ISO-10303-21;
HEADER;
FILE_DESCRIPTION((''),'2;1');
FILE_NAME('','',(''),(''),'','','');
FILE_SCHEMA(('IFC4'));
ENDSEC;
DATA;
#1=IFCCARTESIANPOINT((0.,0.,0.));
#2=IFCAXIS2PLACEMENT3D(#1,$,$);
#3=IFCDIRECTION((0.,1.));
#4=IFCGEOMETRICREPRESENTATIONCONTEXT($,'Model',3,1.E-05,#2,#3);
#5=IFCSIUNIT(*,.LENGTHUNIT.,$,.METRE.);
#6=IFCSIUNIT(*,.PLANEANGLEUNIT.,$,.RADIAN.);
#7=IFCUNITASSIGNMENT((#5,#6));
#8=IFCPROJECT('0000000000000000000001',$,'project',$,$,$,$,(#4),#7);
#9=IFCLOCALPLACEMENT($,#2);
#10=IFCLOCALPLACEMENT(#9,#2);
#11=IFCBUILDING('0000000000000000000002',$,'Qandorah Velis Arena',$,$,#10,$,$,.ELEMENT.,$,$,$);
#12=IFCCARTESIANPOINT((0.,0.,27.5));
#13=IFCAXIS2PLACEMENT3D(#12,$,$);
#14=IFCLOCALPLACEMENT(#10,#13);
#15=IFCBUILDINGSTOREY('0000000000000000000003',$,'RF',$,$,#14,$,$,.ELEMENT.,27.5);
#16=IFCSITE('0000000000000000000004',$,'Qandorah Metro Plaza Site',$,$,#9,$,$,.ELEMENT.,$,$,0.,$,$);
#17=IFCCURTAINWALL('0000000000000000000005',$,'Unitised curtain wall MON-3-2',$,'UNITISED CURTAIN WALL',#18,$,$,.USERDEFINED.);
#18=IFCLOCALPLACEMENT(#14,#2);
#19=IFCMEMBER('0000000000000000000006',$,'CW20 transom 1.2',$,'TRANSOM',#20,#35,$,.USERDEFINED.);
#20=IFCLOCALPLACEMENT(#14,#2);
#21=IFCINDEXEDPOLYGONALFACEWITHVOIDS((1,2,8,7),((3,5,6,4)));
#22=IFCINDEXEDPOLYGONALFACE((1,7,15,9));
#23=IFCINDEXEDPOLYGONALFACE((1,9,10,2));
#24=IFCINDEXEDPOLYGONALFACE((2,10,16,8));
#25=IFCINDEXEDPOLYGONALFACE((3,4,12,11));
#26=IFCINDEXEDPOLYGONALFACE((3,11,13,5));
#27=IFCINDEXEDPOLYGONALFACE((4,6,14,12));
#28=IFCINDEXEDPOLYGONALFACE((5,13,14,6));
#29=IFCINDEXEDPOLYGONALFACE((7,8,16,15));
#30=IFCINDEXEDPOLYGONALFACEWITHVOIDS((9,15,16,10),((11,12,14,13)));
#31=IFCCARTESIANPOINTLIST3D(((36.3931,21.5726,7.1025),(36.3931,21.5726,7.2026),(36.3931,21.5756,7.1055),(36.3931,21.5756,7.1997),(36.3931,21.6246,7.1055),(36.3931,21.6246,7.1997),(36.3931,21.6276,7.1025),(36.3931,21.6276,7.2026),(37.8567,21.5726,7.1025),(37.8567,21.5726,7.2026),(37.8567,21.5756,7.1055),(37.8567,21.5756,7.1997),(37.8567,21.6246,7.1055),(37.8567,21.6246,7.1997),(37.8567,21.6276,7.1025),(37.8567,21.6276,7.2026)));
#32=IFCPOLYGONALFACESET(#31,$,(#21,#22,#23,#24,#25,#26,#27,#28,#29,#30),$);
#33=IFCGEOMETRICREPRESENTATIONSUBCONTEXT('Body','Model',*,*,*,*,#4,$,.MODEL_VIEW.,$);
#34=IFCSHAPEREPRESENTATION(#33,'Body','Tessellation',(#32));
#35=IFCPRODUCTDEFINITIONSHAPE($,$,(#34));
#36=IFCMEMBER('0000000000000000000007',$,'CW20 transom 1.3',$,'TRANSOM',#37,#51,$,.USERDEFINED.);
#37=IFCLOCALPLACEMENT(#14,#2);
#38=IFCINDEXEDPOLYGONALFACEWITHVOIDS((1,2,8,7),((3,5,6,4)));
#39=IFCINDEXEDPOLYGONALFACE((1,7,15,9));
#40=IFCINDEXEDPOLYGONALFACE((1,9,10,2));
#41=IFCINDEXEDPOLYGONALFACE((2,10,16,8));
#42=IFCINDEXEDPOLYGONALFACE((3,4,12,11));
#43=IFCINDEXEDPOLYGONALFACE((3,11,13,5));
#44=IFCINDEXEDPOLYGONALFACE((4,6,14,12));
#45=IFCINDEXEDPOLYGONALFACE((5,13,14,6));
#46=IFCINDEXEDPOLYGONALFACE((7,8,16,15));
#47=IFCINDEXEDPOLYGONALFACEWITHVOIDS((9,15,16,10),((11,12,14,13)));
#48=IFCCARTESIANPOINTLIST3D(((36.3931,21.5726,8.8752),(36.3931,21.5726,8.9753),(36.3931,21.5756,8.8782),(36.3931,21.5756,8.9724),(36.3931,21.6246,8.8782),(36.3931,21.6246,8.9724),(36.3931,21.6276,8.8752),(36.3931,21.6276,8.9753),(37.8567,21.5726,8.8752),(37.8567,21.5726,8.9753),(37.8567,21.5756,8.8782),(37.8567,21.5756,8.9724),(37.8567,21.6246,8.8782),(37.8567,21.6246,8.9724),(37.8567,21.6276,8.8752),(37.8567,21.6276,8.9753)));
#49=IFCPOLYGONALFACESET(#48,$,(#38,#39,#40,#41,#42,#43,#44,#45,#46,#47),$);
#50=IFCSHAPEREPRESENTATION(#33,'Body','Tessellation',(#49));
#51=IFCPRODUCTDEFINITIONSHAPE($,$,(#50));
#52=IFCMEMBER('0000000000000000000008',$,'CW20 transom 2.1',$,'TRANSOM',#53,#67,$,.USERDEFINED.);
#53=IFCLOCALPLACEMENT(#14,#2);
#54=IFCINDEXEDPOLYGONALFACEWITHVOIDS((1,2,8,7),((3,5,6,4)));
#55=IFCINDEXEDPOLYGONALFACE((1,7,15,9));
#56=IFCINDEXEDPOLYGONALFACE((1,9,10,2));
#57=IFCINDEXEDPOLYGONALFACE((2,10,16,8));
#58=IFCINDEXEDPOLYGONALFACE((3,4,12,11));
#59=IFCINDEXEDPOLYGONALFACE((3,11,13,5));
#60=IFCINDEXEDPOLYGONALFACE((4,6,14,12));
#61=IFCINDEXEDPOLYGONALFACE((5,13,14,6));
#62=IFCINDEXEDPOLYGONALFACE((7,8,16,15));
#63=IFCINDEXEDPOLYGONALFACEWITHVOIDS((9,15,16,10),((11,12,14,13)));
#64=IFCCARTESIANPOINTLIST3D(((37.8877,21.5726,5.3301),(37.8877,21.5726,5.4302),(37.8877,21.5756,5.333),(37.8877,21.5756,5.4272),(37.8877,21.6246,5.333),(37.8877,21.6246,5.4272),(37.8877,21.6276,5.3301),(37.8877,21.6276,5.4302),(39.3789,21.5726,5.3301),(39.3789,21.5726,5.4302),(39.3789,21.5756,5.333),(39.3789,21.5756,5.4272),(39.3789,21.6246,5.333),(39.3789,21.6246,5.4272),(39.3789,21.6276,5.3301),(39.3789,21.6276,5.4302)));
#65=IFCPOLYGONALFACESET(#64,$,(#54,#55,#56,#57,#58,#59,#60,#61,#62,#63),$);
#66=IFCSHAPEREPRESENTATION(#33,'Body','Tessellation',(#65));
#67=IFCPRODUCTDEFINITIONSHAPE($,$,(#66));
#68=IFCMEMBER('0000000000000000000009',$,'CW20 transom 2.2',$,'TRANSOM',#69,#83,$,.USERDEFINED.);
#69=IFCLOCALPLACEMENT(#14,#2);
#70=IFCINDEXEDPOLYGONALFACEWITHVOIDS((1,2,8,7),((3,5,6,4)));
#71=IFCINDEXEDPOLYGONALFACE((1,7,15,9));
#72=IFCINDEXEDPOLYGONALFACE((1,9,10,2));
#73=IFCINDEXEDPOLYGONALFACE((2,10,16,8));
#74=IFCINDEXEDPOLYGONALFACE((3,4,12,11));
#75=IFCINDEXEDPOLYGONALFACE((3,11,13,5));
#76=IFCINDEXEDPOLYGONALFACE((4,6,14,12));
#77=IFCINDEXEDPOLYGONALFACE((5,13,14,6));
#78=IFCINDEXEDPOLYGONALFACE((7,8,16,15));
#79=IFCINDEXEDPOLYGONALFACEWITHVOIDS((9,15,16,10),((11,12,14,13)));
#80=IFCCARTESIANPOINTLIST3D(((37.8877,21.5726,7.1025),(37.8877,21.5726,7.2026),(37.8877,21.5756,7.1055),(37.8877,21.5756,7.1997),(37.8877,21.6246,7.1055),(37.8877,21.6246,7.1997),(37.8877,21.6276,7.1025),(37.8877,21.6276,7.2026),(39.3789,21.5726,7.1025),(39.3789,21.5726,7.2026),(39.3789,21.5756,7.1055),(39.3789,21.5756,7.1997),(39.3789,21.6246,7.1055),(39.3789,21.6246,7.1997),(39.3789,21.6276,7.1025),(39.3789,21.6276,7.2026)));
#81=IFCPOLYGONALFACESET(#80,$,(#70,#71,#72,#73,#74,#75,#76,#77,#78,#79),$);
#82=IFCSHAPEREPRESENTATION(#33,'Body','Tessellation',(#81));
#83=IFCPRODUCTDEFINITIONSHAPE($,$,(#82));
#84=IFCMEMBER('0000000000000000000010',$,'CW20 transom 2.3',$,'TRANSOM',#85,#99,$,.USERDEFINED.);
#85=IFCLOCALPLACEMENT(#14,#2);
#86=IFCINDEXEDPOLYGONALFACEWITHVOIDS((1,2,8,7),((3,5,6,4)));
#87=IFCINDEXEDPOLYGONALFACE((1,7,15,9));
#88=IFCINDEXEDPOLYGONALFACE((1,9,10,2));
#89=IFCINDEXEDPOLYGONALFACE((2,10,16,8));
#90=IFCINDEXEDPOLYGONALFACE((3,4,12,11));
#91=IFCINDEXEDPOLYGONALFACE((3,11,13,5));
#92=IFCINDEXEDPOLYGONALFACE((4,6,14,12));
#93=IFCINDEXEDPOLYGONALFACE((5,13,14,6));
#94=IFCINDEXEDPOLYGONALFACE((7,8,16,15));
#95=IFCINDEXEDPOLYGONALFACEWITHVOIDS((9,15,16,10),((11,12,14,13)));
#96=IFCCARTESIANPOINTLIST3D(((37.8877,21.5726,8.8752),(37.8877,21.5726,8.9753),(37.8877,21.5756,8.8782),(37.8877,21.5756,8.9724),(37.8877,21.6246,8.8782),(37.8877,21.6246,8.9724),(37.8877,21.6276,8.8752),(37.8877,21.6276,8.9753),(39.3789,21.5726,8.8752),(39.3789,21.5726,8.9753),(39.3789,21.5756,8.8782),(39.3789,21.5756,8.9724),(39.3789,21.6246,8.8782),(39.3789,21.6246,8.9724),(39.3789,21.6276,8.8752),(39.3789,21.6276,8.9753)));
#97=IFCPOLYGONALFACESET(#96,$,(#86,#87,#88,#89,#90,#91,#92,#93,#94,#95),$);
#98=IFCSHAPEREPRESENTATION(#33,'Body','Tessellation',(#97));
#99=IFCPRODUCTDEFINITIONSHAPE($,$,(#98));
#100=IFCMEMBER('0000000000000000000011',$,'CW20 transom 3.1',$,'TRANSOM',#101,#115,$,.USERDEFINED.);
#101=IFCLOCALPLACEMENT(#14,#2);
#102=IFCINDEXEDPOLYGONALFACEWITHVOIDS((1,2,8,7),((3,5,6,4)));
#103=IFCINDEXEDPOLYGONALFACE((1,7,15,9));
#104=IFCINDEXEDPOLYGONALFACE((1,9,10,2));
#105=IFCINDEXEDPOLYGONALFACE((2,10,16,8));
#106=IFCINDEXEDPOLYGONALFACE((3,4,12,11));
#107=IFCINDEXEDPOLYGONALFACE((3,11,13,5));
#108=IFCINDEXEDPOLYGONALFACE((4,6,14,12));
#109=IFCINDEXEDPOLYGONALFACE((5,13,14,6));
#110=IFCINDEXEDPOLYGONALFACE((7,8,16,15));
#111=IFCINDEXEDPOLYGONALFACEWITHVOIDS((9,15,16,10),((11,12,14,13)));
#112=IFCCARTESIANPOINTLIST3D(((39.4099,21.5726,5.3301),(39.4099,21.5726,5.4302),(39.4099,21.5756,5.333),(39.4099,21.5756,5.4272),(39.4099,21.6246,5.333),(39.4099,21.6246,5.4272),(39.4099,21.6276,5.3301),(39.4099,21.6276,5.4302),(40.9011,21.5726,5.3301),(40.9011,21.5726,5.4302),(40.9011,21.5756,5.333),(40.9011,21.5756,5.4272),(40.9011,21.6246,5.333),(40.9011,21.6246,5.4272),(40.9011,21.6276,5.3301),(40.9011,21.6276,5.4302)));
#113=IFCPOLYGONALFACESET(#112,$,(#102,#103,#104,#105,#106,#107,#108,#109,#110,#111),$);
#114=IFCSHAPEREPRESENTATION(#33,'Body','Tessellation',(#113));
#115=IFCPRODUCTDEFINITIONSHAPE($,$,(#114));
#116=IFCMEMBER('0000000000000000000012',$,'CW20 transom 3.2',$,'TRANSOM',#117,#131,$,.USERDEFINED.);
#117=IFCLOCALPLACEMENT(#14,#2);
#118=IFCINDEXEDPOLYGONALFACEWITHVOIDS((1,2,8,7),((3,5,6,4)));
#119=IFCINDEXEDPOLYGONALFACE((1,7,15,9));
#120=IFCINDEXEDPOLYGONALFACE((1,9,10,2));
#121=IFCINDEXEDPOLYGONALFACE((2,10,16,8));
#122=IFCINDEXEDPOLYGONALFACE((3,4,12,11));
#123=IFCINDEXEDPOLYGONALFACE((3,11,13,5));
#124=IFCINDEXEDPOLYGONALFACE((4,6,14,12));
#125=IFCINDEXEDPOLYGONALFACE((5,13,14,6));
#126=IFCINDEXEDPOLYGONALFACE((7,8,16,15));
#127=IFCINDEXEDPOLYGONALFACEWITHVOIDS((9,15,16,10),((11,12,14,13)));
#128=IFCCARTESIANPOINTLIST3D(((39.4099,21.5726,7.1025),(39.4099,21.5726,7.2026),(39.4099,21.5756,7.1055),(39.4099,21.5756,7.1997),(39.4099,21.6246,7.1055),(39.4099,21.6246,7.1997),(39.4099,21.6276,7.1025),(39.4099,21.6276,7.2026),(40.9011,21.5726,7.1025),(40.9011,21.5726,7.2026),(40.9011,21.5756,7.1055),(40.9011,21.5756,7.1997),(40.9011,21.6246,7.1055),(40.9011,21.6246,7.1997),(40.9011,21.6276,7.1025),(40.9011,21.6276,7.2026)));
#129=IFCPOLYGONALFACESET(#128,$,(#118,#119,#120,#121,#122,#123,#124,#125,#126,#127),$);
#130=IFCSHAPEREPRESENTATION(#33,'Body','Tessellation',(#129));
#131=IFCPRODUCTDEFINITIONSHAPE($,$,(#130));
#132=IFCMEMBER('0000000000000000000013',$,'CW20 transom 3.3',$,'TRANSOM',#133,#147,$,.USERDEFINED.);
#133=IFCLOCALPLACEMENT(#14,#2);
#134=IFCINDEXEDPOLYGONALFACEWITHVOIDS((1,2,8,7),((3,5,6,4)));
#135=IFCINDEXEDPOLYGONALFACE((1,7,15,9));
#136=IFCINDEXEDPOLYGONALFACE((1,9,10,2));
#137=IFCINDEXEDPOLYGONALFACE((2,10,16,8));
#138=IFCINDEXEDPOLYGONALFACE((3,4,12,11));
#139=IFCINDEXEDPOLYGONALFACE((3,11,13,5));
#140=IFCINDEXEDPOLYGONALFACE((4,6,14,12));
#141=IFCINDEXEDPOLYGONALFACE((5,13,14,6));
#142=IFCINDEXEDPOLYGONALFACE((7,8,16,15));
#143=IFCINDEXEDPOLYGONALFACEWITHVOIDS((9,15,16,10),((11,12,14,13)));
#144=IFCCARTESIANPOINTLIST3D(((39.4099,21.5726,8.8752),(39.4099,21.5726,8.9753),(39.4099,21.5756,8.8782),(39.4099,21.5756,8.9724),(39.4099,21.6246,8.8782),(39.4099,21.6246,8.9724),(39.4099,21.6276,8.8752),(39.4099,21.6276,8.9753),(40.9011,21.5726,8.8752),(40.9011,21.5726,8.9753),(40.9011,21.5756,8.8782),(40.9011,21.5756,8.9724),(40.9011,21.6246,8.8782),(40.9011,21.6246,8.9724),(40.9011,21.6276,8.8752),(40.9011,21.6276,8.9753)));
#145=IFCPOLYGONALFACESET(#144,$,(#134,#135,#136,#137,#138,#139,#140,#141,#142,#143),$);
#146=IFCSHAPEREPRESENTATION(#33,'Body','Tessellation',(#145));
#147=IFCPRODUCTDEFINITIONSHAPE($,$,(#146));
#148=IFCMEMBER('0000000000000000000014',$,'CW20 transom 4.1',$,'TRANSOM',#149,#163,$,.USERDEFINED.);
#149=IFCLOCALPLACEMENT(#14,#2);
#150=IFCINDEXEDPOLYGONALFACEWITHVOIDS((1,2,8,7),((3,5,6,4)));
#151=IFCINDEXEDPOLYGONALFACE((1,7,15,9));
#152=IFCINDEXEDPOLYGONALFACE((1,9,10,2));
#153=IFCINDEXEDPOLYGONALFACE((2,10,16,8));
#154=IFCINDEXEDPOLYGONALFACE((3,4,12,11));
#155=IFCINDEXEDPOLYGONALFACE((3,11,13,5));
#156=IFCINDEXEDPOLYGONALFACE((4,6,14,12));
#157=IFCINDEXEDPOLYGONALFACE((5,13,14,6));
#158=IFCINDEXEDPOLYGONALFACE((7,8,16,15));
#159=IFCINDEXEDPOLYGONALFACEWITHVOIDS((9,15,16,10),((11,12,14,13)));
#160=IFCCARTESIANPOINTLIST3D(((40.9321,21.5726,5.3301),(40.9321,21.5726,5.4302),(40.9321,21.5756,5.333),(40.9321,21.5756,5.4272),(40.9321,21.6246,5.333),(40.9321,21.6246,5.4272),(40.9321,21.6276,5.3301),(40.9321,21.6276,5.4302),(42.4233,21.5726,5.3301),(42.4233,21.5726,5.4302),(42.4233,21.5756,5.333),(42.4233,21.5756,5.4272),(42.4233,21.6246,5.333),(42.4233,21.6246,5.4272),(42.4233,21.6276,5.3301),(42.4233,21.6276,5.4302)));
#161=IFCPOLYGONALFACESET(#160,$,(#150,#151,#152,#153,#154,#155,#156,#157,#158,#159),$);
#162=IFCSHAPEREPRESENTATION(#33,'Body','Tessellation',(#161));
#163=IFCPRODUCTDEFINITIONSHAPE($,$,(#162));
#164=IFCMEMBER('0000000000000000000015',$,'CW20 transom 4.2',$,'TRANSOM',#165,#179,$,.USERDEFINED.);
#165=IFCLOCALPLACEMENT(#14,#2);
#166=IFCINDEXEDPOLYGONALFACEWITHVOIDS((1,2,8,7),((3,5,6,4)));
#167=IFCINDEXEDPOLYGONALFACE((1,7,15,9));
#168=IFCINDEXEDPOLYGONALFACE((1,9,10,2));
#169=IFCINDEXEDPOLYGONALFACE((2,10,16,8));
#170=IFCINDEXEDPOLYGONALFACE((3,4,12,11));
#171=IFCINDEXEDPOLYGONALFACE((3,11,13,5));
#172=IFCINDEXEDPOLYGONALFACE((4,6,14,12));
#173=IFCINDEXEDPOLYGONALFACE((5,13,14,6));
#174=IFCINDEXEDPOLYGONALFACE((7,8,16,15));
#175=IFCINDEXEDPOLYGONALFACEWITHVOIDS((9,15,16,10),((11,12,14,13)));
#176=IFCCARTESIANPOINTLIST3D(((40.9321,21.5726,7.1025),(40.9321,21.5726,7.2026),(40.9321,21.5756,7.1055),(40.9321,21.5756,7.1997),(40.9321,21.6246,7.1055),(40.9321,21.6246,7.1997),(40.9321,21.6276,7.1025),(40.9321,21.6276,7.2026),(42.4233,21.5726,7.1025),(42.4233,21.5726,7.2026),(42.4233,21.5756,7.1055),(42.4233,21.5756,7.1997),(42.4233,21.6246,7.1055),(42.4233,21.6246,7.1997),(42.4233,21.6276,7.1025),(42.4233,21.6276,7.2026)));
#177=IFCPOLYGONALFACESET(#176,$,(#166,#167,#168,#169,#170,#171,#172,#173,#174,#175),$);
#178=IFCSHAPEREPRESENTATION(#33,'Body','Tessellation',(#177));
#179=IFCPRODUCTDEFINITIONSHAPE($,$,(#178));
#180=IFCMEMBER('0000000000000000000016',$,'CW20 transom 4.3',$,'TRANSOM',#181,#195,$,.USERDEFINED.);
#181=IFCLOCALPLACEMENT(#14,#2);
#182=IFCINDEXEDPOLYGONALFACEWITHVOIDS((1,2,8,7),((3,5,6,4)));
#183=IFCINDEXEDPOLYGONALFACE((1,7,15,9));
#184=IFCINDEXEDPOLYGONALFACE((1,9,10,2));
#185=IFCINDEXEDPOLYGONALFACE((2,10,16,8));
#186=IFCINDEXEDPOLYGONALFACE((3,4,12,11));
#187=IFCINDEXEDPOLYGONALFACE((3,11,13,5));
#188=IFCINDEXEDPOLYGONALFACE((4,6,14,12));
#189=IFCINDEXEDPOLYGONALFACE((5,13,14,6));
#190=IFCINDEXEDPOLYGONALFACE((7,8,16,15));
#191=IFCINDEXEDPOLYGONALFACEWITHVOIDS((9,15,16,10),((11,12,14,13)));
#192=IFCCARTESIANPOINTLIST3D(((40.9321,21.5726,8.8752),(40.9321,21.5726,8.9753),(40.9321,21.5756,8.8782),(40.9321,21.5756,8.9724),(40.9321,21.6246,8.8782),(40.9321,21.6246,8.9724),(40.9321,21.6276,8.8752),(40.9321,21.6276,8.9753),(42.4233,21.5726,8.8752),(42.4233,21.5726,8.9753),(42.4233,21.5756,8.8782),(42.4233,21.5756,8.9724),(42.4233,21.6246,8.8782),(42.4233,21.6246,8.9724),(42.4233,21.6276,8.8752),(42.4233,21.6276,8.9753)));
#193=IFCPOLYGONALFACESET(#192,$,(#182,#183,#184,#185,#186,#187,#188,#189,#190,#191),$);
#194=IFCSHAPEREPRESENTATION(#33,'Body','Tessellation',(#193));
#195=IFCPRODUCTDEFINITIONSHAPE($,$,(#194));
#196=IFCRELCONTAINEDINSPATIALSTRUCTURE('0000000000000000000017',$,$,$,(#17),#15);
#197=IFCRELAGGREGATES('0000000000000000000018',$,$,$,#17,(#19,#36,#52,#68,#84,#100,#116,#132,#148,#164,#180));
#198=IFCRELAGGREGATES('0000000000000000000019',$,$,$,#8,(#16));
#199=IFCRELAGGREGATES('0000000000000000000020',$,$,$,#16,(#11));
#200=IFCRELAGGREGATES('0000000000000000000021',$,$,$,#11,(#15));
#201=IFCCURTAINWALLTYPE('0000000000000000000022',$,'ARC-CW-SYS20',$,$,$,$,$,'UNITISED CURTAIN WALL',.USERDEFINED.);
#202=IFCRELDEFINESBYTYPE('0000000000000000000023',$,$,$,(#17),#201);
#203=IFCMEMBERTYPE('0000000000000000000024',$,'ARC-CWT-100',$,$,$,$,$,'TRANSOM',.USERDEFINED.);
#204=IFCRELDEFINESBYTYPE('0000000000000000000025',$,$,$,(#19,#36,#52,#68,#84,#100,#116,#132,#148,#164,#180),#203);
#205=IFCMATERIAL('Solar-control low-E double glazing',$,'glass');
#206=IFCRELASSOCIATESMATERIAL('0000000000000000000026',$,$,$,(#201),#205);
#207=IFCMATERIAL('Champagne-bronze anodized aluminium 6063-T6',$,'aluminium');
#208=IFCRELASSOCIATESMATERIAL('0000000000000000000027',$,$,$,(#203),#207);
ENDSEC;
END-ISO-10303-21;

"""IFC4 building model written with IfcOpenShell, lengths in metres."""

from ifc_helpers import new_model, si_unit, direction, frame, origin, origin_2d, place, context, subcontext, project, spatial, hollow_rectangle, extrude, material, material_profile, profile_set, type_object, element, aggregate, save


model = new_model("IFC4")

# Units and contexts
model_context = context("Model", 3, precision=1e-05, world=origin(), true_north=direction((0.0, 1.0)))
body_context = subcontext(model_context, "Body", "Model", "MODEL_VIEW")
ifc_project = project(units=[si_unit("LENGTHUNIT", "METRE"), si_unit("PLANEANGLEUNIT", "RADIAN")], contexts=[model_context])

# Site, building, storey
site_placement = place(None, origin())
site = spatial("IfcSite", under=ifc_project, at=site_placement, Name="Qandorah Metro Plaza Site", CompositionType="ELEMENT", RefElevation=0.0)
building_placement = place(site_placement, origin())
building = spatial("IfcBuilding", under=site, at=building_placement, Name="Qandorah Velis Arena", CompositionType="ELEMENT")
storey_placement = place(building_placement, frame((0.0, 0.0, 27.5)))
storey = spatial("IfcBuildingStorey", under=building, at=storey_placement, Name="RF", CompositionType="ELEMENT", Elevation=27.5)

# Curtain wall
ifc_material_1 = material(Name="Solar-control low-E double glazing", Category="glass")
ifc_material_2 = material(Name="Champagne-bronze anodized aluminium 6063-T6", Category="aluminium")
curtain_wall_type_1 = type_object("IfcCurtainWallType", Name="ARC-CW-SYS20", ElementType="UNITISED CURTAIN WALL", PredefinedType="USERDEFINED", material=ifc_material_1)
curtain_wall_1_placement = place(storey_placement, origin())
curtain_wall_1 = element("IfcCurtainWall", 1, at=curtain_wall_1_placement, inside=storey, type_object=curtain_wall_type_1, Name="Unitised curtain wall MON-3-2", ObjectType="UNITISED CURTAIN WALL", PredefinedType="USERDEFINED")

# Members
ifc_material_profile_1 = material_profile(ifc_material_2, hollow_rectangle(XDim=0.0549, YDim=0.1001, WallThickness=0.0029, at=origin_2d()), Name="ALU TRANSOM 55x100")
ifc_profile_set_1 = profile_set([ifc_material_profile_1], Name="Champagne-bronze anodized aluminium 6063-T6")
member_type_1 = type_object("IfcMemberType", Name="ARC-CWT-100", ElementType="TRANSOM", PredefinedType="USERDEFINED", material=ifc_profile_set_1)
member_1_placement = place(storey_placement, frame((36.3931, 21.6001, 7.1526), z_axis=(1.0, 0.0, 0.0), x_axis=(0.0, 1.0, 0.0)))
member_1 = element("IfcMember", 2, at=member_1_placement, type_object=member_type_1, Name="CW20 transom 1.2", ObjectType="TRANSOM", PredefinedType="USERDEFINED", context=body_context, shape_type="SweptSolid", body=[
    extrude(hollow_rectangle(XDim=0.0549, YDim=0.1001, WallThickness=0.0029, at=origin_2d()), origin(), (0.0, 0.0, 1.0), 1.4636),
])
member_2_placement = place(storey_placement, frame((36.3931, 21.6001, 8.9253), z_axis=(1.0, 0.0, 0.0), x_axis=(0.0, 1.0, 0.0)))
member_2 = element("IfcMember", 3, at=member_2_placement, type_object=member_type_1, Name="CW20 transom 1.3", ObjectType="TRANSOM", PredefinedType="USERDEFINED", context=body_context, shape_type="SweptSolid", body=[
    extrude(hollow_rectangle(XDim=0.0549, YDim=0.1001, WallThickness=0.0029, at=origin_2d()), origin(), (0.0, 0.0, 1.0), 1.4636),
])
member_3_placement = place(storey_placement, frame((37.8877, 21.6001, 5.3801), z_axis=(1.0, 0.0, 0.0), x_axis=(0.0, 1.0, 0.0)))
member_3 = element("IfcMember", 4, at=member_3_placement, type_object=member_type_1, Name="CW20 transom 2.1", ObjectType="TRANSOM", PredefinedType="USERDEFINED", context=body_context, shape_type="SweptSolid", body=[
    extrude(hollow_rectangle(XDim=0.0549, YDim=0.1001, WallThickness=0.0029, at=origin_2d()), origin(), (0.0, 0.0, 1.0), 1.4912),
])
member_4_placement = place(storey_placement, frame((37.8877, 21.6001, 7.1526), z_axis=(1.0, 0.0, 0.0), x_axis=(0.0, 1.0, 0.0)))
member_4 = element("IfcMember", 5, at=member_4_placement, type_object=member_type_1, Name="CW20 transom 2.2", ObjectType="TRANSOM", PredefinedType="USERDEFINED", context=body_context, shape_type="SweptSolid", body=[
    extrude(hollow_rectangle(XDim=0.0549, YDim=0.1001, WallThickness=0.0029, at=origin_2d()), origin(), (0.0, 0.0, 1.0), 1.4912),
])
member_5_placement = place(storey_placement, frame((37.8877, 21.6001, 8.9253), z_axis=(1.0, 0.0, 0.0), x_axis=(0.0, 1.0, 0.0)))
member_5 = element("IfcMember", 6, at=member_5_placement, type_object=member_type_1, Name="CW20 transom 2.3", ObjectType="TRANSOM", PredefinedType="USERDEFINED", context=body_context, shape_type="SweptSolid", body=[
    extrude(hollow_rectangle(XDim=0.0549, YDim=0.1001, WallThickness=0.0029, at=origin_2d()), origin(), (0.0, 0.0, 1.0), 1.4912),
])
member_6_placement = place(storey_placement, frame((39.4099, 21.6001, 5.3801), z_axis=(1.0, 0.0, 0.0), x_axis=(0.0, 1.0, 0.0)))
member_6 = element("IfcMember", 7, at=member_6_placement, type_object=member_type_1, Name="CW20 transom 3.1", ObjectType="TRANSOM", PredefinedType="USERDEFINED", context=body_context, shape_type="SweptSolid", body=[
    extrude(hollow_rectangle(XDim=0.0549, YDim=0.1001, WallThickness=0.0029, at=origin_2d()), origin(), (0.0, 0.0, 1.0), 1.4912),
])
member_7_placement = place(storey_placement, frame((39.4099, 21.6001, 7.1526), z_axis=(1.0, 0.0, 0.0), x_axis=(0.0, 1.0, 0.0)))
member_7 = element("IfcMember", 8, at=member_7_placement, type_object=member_type_1, Name="CW20 transom 3.2", ObjectType="TRANSOM", PredefinedType="USERDEFINED", context=body_context, shape_type="SweptSolid", body=[
    extrude(hollow_rectangle(XDim=0.0549, YDim=0.1001, WallThickness=0.0029, at=origin_2d()), origin(), (0.0, 0.0, 1.0), 1.4912),
])
member_8_placement = place(storey_placement, frame((39.4099, 21.6001, 8.9253), z_axis=(1.0, 0.0, 0.0), x_axis=(0.0, 1.0, 0.0)))
member_8 = element("IfcMember", 9, at=member_8_placement, type_object=member_type_1, Name="CW20 transom 3.3", ObjectType="TRANSOM", PredefinedType="USERDEFINED", context=body_context, shape_type="SweptSolid", body=[
    extrude(hollow_rectangle(XDim=0.0549, YDim=0.1001, WallThickness=0.0029, at=origin_2d()), origin(), (0.0, 0.0, 1.0), 1.4912),
])
member_9_placement = place(storey_placement, frame((40.9321, 21.6001, 5.3801), z_axis=(1.0, 0.0, 0.0), x_axis=(0.0, 1.0, 0.0)))
member_9 = element("IfcMember", 10, at=member_9_placement, type_object=member_type_1, Name="CW20 transom 4.1", ObjectType="TRANSOM", PredefinedType="USERDEFINED", context=body_context, shape_type="SweptSolid", body=[
    extrude(hollow_rectangle(XDim=0.0549, YDim=0.1001, WallThickness=0.0029, at=origin_2d()), origin(), (0.0, 0.0, 1.0), 1.4912),
])
member_10_placement = place(storey_placement, frame((40.9321, 21.6001, 7.1526), z_axis=(1.0, 0.0, 0.0), x_axis=(0.0, 1.0, 0.0)))
member_10 = element("IfcMember", 11, at=member_10_placement, type_object=member_type_1, Name="CW20 transom 4.2", ObjectType="TRANSOM", PredefinedType="USERDEFINED", context=body_context, shape_type="SweptSolid", body=[
    extrude(hollow_rectangle(XDim=0.0549, YDim=0.1001, WallThickness=0.0029, at=origin_2d()), origin(), (0.0, 0.0, 1.0), 1.4912),
])
member_11_placement = place(storey_placement, frame((40.9321, 21.6001, 8.9253), z_axis=(1.0, 0.0, 0.0), x_axis=(0.0, 1.0, 0.0)))
member_11 = element("IfcMember", 12, at=member_11_placement, type_object=member_type_1, Name="CW20 transom 4.3", ObjectType="TRANSOM", PredefinedType="USERDEFINED", context=body_context, shape_type="SweptSolid", body=[
    extrude(hollow_rectangle(XDim=0.0549, YDim=0.1001, WallThickness=0.0029, at=origin_2d()), origin(), (0.0, 0.0, 1.0), 1.4912),
])

aggregate(curtain_wall_1, [member_1, member_2, member_3, member_4, member_5, member_6, member_7, member_8, member_9, member_10, member_11])

save(model, "model.ifc")
